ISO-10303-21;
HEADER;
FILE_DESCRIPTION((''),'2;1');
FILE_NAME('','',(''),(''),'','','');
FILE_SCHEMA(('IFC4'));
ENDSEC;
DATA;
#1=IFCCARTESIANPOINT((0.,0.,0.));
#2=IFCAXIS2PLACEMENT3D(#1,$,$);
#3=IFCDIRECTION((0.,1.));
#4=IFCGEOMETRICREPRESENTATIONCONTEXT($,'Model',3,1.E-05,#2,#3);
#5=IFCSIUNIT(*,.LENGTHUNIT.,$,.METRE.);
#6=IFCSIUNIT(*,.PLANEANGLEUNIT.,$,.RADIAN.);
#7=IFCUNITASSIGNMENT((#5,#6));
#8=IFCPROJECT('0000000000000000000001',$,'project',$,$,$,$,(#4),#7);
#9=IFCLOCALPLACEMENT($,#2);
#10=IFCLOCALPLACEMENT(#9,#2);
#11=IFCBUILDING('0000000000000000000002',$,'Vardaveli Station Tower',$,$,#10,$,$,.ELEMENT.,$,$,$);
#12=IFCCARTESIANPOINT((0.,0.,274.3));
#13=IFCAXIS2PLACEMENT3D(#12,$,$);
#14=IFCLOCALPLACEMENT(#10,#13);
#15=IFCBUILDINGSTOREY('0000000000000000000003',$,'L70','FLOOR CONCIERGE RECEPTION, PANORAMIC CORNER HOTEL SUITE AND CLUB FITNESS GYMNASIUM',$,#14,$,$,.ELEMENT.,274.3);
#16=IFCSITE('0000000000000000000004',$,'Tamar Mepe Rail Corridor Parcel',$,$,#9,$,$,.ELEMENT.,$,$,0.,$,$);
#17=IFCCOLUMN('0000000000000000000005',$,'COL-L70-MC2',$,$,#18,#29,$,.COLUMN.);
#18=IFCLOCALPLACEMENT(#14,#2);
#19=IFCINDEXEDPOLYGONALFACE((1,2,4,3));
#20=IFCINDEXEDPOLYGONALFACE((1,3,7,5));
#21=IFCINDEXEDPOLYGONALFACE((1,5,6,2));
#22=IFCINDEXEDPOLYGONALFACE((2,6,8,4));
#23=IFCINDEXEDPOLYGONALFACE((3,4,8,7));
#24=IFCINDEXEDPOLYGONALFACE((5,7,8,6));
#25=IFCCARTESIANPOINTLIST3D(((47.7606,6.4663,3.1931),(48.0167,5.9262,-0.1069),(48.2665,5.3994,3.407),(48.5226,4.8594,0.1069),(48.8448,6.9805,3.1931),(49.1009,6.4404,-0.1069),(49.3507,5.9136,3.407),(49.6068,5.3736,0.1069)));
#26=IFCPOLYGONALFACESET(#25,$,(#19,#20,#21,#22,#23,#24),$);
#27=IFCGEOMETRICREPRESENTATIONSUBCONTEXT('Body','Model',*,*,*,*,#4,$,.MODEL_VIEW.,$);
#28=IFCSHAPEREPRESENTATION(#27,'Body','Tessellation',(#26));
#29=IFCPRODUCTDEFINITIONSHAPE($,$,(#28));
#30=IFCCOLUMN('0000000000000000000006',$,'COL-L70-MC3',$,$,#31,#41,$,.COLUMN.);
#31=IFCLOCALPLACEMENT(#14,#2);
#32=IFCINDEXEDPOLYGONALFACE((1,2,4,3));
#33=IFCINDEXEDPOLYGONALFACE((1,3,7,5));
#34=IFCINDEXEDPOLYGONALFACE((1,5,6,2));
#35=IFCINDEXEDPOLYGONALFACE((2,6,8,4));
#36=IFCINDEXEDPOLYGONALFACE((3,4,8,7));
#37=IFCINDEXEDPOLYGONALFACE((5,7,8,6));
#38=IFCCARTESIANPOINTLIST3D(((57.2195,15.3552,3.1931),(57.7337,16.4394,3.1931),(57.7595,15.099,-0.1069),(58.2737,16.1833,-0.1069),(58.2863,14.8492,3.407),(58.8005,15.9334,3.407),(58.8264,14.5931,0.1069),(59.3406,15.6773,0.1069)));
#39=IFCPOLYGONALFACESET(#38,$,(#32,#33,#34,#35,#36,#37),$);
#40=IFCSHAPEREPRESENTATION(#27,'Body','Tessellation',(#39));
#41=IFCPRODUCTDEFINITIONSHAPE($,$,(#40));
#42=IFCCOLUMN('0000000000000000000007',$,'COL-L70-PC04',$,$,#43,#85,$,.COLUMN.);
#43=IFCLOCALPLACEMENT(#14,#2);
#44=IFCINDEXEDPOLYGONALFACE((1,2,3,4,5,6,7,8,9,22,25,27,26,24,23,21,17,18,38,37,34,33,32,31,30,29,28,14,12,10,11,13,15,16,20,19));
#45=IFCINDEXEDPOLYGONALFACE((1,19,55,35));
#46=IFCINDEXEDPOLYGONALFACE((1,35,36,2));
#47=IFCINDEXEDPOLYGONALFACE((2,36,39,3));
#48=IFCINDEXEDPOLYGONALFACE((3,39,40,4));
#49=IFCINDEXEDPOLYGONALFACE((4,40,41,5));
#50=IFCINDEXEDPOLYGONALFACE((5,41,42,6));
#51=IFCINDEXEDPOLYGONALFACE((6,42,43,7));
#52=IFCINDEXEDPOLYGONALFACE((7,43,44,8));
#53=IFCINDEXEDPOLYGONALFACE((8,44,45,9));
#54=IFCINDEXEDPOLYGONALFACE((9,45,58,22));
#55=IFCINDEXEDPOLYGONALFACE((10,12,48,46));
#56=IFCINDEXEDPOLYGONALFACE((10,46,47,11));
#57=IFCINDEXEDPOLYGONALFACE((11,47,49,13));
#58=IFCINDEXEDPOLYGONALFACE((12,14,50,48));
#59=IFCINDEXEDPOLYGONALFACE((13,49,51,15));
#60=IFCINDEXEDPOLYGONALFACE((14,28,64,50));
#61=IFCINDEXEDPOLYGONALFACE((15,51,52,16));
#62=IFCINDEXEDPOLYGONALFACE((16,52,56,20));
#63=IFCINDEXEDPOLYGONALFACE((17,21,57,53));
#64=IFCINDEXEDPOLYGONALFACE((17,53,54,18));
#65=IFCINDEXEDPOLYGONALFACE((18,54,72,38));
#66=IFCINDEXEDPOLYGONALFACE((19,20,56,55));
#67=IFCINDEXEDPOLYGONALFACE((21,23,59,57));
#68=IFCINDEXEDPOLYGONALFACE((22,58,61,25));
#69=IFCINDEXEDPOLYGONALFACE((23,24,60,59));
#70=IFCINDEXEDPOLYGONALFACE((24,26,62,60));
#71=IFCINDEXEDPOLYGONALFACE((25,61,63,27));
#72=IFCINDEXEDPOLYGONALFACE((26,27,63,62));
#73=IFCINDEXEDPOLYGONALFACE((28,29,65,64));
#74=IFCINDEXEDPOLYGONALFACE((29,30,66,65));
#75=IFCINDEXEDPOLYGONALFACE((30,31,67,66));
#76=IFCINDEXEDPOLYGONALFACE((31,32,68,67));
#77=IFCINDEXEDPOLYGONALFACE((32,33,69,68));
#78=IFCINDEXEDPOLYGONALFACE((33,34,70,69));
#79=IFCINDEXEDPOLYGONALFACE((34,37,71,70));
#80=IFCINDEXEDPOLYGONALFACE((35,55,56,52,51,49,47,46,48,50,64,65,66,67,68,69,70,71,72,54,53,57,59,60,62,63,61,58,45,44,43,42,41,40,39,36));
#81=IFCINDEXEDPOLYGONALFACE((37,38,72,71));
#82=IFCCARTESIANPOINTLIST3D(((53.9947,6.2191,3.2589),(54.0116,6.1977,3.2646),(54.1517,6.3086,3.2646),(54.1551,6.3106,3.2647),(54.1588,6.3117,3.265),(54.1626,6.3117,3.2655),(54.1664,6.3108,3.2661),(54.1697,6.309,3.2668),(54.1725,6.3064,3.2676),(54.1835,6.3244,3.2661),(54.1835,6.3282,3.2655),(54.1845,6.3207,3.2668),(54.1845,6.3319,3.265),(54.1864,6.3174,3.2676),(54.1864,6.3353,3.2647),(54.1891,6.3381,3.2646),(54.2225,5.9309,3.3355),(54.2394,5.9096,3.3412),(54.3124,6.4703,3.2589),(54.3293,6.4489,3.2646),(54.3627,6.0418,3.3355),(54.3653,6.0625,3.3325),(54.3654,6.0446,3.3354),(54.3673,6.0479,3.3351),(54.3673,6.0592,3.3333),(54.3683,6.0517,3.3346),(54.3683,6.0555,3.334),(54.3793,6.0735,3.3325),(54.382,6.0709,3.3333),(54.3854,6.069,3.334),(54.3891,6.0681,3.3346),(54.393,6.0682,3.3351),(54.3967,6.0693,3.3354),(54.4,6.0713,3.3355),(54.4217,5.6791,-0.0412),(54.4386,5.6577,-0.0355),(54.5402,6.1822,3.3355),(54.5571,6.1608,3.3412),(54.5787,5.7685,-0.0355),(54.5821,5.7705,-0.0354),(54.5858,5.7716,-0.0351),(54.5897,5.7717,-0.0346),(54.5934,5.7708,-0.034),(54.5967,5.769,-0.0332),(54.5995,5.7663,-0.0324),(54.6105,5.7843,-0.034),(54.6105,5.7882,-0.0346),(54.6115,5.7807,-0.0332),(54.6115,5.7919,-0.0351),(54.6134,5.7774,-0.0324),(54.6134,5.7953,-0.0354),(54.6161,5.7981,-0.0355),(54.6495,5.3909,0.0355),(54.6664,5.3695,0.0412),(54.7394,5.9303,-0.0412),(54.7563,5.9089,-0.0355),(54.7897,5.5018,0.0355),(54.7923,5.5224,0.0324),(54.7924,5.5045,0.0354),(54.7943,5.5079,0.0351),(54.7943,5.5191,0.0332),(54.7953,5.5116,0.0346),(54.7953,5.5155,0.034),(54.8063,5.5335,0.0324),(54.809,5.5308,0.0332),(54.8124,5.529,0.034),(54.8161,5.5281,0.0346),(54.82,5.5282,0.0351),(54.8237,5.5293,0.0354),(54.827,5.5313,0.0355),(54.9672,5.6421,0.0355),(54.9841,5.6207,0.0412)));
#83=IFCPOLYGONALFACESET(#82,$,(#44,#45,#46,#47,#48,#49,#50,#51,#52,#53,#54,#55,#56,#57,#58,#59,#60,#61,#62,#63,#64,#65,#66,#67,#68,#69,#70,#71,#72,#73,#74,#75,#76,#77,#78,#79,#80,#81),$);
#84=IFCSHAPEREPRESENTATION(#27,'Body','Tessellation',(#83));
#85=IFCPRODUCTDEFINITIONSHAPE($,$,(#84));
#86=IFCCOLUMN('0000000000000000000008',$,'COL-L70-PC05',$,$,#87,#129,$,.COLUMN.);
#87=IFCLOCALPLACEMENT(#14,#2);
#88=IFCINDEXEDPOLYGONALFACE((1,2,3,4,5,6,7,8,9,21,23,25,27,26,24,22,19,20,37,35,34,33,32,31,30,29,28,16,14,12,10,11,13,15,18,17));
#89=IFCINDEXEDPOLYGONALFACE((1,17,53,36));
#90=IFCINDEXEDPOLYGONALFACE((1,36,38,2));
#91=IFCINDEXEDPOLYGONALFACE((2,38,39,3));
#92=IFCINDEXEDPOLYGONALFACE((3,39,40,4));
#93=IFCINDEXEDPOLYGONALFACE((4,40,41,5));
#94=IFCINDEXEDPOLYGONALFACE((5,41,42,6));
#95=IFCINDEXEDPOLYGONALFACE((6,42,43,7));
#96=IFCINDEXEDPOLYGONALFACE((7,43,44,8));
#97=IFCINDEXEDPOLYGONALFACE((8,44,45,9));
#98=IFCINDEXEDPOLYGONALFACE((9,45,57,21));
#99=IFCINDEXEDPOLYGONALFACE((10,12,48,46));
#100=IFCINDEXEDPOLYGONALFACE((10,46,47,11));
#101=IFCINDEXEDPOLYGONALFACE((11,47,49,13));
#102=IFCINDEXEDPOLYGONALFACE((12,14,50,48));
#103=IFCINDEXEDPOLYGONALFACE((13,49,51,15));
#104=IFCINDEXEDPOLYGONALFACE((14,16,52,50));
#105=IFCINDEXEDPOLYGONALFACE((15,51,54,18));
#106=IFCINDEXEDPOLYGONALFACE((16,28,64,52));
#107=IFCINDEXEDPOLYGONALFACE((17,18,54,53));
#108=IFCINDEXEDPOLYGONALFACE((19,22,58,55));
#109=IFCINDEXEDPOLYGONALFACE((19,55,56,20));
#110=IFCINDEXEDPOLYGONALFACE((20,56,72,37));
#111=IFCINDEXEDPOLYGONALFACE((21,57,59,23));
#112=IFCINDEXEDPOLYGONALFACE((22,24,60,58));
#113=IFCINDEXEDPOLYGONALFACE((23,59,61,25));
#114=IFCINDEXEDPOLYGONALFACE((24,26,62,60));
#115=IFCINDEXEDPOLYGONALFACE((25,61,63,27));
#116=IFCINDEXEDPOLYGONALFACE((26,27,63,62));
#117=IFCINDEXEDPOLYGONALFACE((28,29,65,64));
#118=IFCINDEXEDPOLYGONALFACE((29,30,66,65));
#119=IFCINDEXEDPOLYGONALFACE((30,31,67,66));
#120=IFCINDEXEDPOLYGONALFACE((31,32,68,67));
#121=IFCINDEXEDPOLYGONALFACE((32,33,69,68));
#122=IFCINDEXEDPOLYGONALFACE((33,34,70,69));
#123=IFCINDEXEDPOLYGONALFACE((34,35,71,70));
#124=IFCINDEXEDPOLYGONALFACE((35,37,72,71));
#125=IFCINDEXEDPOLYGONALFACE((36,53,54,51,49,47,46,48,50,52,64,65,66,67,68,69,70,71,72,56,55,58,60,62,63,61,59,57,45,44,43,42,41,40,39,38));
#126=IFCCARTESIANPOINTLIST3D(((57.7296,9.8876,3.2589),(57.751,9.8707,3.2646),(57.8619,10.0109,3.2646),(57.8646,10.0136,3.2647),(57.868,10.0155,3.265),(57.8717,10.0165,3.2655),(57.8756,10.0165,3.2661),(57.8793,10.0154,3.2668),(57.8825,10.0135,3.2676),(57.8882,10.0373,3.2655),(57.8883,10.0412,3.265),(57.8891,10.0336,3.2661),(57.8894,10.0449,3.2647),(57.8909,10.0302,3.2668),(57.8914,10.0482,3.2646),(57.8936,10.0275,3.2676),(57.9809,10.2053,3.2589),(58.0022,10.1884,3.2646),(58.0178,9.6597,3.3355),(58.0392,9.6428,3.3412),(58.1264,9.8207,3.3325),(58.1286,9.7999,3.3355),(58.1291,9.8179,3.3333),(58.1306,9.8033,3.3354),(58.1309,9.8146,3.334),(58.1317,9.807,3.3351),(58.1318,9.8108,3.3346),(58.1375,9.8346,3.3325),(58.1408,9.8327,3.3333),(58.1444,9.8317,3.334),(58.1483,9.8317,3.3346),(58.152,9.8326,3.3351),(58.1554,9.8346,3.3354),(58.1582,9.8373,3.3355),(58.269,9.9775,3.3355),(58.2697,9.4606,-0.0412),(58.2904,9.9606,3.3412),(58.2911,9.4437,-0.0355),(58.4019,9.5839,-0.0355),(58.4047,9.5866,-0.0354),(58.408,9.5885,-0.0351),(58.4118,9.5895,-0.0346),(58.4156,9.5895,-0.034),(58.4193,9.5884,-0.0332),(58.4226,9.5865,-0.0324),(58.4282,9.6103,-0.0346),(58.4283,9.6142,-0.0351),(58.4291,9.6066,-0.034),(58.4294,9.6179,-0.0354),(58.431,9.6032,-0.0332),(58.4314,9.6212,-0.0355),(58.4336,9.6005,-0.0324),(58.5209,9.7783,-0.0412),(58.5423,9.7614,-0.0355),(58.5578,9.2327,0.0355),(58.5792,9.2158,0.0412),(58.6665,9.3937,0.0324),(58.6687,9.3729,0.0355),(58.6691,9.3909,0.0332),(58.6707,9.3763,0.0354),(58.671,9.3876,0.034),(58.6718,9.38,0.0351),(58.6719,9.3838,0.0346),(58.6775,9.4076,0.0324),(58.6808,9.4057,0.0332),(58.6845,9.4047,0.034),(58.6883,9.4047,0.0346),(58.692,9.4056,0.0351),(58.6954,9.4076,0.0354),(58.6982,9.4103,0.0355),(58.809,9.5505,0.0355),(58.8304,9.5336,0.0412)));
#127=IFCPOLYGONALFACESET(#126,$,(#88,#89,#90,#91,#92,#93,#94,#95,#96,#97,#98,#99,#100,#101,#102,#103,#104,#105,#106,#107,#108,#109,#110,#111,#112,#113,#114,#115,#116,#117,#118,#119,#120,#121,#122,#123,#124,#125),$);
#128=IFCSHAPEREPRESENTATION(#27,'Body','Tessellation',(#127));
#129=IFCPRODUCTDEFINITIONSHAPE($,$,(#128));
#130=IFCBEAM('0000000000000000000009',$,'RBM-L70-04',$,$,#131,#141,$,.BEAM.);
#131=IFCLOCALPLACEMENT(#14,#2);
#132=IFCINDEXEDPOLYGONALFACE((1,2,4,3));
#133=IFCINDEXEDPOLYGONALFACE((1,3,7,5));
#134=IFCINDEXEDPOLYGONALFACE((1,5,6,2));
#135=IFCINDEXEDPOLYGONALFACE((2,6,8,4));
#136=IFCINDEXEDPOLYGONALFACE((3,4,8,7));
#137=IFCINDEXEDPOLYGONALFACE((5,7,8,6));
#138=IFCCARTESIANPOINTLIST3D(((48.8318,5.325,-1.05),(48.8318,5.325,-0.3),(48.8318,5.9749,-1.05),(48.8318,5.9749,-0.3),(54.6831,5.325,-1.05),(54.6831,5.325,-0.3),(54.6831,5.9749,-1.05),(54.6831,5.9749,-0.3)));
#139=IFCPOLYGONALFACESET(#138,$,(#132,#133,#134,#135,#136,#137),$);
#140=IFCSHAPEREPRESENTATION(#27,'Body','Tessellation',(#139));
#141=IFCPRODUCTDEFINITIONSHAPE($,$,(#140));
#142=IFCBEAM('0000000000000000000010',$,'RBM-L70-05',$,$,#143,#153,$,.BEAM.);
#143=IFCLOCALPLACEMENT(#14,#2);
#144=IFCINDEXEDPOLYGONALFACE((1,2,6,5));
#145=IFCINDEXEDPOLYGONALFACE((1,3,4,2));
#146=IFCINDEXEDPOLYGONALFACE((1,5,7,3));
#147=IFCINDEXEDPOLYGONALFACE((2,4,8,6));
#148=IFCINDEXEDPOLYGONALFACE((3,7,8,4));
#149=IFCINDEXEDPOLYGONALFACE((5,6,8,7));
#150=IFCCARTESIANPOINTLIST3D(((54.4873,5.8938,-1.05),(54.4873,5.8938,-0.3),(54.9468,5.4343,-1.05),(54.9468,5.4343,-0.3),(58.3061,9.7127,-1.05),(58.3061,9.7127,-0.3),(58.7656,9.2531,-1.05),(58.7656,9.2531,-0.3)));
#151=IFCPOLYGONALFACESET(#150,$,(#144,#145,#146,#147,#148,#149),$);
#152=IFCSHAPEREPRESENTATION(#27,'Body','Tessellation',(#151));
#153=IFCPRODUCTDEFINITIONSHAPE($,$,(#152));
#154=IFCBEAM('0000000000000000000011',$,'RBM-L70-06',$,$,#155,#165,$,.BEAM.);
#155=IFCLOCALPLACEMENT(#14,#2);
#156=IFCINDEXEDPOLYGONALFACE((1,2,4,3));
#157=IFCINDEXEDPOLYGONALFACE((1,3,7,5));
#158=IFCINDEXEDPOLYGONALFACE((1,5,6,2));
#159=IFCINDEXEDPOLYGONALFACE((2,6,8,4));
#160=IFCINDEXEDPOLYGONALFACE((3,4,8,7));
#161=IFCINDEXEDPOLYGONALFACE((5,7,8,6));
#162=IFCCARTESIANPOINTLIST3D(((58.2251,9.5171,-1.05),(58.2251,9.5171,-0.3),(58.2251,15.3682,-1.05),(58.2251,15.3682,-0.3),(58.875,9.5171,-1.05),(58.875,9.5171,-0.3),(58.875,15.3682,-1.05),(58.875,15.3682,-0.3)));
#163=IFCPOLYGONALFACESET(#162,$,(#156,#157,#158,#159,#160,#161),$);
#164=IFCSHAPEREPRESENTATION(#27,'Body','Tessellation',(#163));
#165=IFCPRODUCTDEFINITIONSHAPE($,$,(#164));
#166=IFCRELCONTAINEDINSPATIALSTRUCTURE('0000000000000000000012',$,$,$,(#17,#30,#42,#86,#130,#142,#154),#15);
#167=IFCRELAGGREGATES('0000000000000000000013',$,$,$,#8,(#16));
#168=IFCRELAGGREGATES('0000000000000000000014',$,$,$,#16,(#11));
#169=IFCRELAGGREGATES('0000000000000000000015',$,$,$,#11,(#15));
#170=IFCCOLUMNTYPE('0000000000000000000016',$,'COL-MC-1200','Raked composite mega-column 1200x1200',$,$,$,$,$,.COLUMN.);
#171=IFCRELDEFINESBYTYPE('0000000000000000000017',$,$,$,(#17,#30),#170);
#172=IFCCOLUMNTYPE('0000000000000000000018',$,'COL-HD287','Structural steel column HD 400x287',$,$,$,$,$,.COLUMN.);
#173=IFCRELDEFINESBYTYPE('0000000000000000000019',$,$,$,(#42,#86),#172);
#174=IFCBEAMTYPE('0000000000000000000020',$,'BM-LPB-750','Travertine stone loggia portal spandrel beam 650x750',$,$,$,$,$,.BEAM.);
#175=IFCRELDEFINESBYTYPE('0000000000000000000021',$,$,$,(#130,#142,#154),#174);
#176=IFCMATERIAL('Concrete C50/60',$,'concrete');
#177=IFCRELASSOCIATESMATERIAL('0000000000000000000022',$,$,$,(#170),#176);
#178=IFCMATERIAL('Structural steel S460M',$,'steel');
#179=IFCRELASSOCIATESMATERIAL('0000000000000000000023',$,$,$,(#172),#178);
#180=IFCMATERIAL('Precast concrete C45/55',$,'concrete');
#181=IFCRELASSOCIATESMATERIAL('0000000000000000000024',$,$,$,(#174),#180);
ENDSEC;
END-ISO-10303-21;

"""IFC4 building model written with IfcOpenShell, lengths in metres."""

from ifc_helpers import new_model, si_unit, direction, frame, origin, origin_2d, place, context, subcontext, project, spatial, rectangle, i_section, extrude, source, transform, mapped, material, material_profile, profile_set, type_object, element, save


model = new_model("IFC4")

# Units and contexts
model_context = context("Model", 3, precision=1e-05, world=origin(), true_north=direction((0.0, 1.0)))
body_context = subcontext(model_context, "Body", "Model", "MODEL_VIEW")
ifc_project = project(units=[si_unit("LENGTHUNIT", "METRE"), si_unit("PLANEANGLEUNIT", "RADIAN")], contexts=[model_context])

# Site, building, storey
site_placement = place(None, origin())
site = spatial("IfcSite", under=ifc_project, at=site_placement, Name="Tamar Mepe Rail Corridor Parcel", CompositionType="ELEMENT", RefElevation=0.0)
building_placement = place(site_placement, origin())
building = spatial("IfcBuilding", under=site, at=building_placement, Name="Vardaveli Station Tower", CompositionType="ELEMENT")
storey_placement = place(building_placement, frame((0.0, 0.0, 274.3)))
storey = spatial("IfcBuildingStorey", under=building, at=storey_placement, Name="L70", Description="FLOOR CONCIERGE RECEPTION, PANORAMIC CORNER HOTEL SUITE AND CLUB FITNESS GYMNASIUM", CompositionType="ELEMENT", Elevation=274.3)

# Columns
ifc_material_1 = material(Name="Concrete C50/60", Category="concrete")
ifc_material_profile_1 = material_profile(ifc_material_1, rectangle(XDim=1.2, YDim=1.2, at=origin_2d()), Name="MC 1200x1200")
ifc_profile_set_1 = profile_set([ifc_material_profile_1], Name="Concrete C50/60")
column_type_1 = type_object("IfcColumnType", Name="COL-MC-1200", Description="Raked composite mega-column 1200x1200", PredefinedType="COLUMN", material=ifc_profile_set_1)
shared_shape_1 = source(origin(), body_context, "Body", "SweptSolid", [
    extrude(rectangle(XDim=1.2, YDim=1.2, at=origin_2d()), origin(), (0.0, 0.0, 1.0), 3.3538),
])
for number, where, z_axis, x_axis, name in (
    (1, (48.8118, 5.6499, 0.0), (-0.076364, 0.161026, 0.983991), (-0.903546, -0.42849, 0.0), "COL-L70-MC2"),
    (2, (58.55, 15.3882, 0.0), (-0.161026, 0.076364, 0.983991), (-0.42849, -0.903546, 0.0), "COL-L70-MC3"),
):
    element("IfcColumn", number, at=place(storey_placement, frame(where, z_axis=z_axis, x_axis=x_axis)), inside=storey, type_object=column_type_1, Name=name, PredefinedType="COLUMN", context=body_context, shape_type="MappedRepresentation", body=[
        mapped(shared_shape_1, transform((0.0, 0.0, 0.0), scale=1.0)),
    ])
ifc_material_2 = material(Name="Structural steel S460M", Category="steel")
ifc_material_profile_2 = material_profile(ifc_material_2, i_section(OverallWidth=0.405, OverallDepth=0.4031, WebThickness=0.0178, FlangeThickness=0.0278, FilletRadius=0.0149, at=origin_2d()), Name="HD 400x287")
ifc_profile_set_2 = profile_set([ifc_material_profile_2], Name="Structural steel S460M")
column_type_2 = type_object("IfcColumnType", Name="COL-HD287", Description="Structural steel column HD 400x287", PredefinedType="COLUMN", material=ifc_profile_set_2)
shared_shape_2 = source(origin(), body_context, "Body", "SweptSolid", [
    extrude(i_section(OverallWidth=0.405, OverallDepth=0.4031, WebThickness=0.0178, FlangeThickness=0.0278, FilletRadius=0.0149, at=origin_2d()), origin(), (0.0, 0.0, 1.0), 3.3711),
])
for number, where, z_axis, x_axis, name in (
    (3, (54.7029, 5.6499, 0.0), (-0.126666, 0.160197, 0.978924), (-0.78442, -0.620231, 0.0), "COL-L70-PC04"),
    (4, (58.55, 9.4971, 0.0), (-0.160197, 0.126666, 0.978924), (-0.620231, -0.78442, 0.0), "COL-L70-PC05"),
):
    element("IfcColumn", number, at=place(storey_placement, frame(where, z_axis=z_axis, x_axis=x_axis)), inside=storey, type_object=column_type_2, Name=name, PredefinedType="COLUMN", context=body_context, shape_type="MappedRepresentation", body=[
        mapped(shared_shape_2, transform((0.0, 0.0, 0.0), scale=1.0)),
    ])

# Beams
ifc_material_3 = material(Name="Precast concrete C45/55", Category="concrete")
ifc_material_profile_3 = material_profile(ifc_material_3, rectangle(XDim=0.6499, YDim=0.75, at=origin_2d()), Name="LPB 650x750")
ifc_profile_set_3 = profile_set([ifc_material_profile_3], Name="Precast concrete C45/55")
beam_type_1 = type_object("IfcBeamType", Name="BM-LPB-750", Description="Travertine stone loggia portal spandrel beam 650x750", PredefinedType="BEAM", material=ifc_profile_set_3)
shared_shape_3 = source(origin(), body_context, "Body", "SweptSolid", [
    extrude(rectangle(XDim=0.6499, YDim=0.75, at=origin_2d()), origin(), (0.0, 0.0, 1.0), 5.8513),
])
beam_1_placement = place(storey_placement, frame((48.8318, 5.6499, -0.675), z_axis=(1.0, 0.0, 0.0), x_axis=(0.0, 1.0, 0.0)))
element("IfcBeam", 5, at=beam_1_placement, inside=storey, type_object=beam_type_1, Name="RBM-L70-04", PredefinedType="BEAM", context=body_context, shape_type="MappedRepresentation", body=[
    mapped(shared_shape_3, transform((0.0, 0.0, 0.0), scale=1.0)),
])
shared_shape_4 = source(origin(), body_context, "Body", "SweptSolid", [
    extrude(rectangle(XDim=0.6499, YDim=0.75, at=origin_2d()), origin(), (0.0, 0.0, 1.0), 5.4006),
])
beam_2_placement = place(storey_placement, frame((54.717, 5.6641, -0.675), z_axis=(0.707107, 0.707107, 0.0), x_axis=(-0.707107, 0.707107, 0.0)))
element("IfcBeam", 6, at=beam_2_placement, inside=storey, type_object=beam_type_1, Name="RBM-L70-05", PredefinedType="BEAM", context=body_context, shape_type="MappedRepresentation", body=[
    mapped(shared_shape_4, transform((0.0, 0.0, 0.0), scale=1.0)),
])
shared_shape_5 = source(origin(), body_context, "Body", "SweptSolid", [
    extrude(rectangle(XDim=0.6499, YDim=0.75, at=origin_2d()), origin(), (0.0, 0.0, 1.0), 5.8511),
])
beam_3_placement = place(storey_placement, frame((58.55, 9.5171, -0.675), z_axis=(0.0, 1.0, 0.0), x_axis=(-1.0, 0.0, 0.0)))
element("IfcBeam", 7, at=beam_3_placement, inside=storey, type_object=beam_type_1, Name="RBM-L70-06", PredefinedType="BEAM", context=body_context, shape_type="MappedRepresentation", body=[
    mapped(shared_shape_5, transform((0.0, 0.0, 0.0), scale=1.0)),
])

save(model, "model.ifc")
